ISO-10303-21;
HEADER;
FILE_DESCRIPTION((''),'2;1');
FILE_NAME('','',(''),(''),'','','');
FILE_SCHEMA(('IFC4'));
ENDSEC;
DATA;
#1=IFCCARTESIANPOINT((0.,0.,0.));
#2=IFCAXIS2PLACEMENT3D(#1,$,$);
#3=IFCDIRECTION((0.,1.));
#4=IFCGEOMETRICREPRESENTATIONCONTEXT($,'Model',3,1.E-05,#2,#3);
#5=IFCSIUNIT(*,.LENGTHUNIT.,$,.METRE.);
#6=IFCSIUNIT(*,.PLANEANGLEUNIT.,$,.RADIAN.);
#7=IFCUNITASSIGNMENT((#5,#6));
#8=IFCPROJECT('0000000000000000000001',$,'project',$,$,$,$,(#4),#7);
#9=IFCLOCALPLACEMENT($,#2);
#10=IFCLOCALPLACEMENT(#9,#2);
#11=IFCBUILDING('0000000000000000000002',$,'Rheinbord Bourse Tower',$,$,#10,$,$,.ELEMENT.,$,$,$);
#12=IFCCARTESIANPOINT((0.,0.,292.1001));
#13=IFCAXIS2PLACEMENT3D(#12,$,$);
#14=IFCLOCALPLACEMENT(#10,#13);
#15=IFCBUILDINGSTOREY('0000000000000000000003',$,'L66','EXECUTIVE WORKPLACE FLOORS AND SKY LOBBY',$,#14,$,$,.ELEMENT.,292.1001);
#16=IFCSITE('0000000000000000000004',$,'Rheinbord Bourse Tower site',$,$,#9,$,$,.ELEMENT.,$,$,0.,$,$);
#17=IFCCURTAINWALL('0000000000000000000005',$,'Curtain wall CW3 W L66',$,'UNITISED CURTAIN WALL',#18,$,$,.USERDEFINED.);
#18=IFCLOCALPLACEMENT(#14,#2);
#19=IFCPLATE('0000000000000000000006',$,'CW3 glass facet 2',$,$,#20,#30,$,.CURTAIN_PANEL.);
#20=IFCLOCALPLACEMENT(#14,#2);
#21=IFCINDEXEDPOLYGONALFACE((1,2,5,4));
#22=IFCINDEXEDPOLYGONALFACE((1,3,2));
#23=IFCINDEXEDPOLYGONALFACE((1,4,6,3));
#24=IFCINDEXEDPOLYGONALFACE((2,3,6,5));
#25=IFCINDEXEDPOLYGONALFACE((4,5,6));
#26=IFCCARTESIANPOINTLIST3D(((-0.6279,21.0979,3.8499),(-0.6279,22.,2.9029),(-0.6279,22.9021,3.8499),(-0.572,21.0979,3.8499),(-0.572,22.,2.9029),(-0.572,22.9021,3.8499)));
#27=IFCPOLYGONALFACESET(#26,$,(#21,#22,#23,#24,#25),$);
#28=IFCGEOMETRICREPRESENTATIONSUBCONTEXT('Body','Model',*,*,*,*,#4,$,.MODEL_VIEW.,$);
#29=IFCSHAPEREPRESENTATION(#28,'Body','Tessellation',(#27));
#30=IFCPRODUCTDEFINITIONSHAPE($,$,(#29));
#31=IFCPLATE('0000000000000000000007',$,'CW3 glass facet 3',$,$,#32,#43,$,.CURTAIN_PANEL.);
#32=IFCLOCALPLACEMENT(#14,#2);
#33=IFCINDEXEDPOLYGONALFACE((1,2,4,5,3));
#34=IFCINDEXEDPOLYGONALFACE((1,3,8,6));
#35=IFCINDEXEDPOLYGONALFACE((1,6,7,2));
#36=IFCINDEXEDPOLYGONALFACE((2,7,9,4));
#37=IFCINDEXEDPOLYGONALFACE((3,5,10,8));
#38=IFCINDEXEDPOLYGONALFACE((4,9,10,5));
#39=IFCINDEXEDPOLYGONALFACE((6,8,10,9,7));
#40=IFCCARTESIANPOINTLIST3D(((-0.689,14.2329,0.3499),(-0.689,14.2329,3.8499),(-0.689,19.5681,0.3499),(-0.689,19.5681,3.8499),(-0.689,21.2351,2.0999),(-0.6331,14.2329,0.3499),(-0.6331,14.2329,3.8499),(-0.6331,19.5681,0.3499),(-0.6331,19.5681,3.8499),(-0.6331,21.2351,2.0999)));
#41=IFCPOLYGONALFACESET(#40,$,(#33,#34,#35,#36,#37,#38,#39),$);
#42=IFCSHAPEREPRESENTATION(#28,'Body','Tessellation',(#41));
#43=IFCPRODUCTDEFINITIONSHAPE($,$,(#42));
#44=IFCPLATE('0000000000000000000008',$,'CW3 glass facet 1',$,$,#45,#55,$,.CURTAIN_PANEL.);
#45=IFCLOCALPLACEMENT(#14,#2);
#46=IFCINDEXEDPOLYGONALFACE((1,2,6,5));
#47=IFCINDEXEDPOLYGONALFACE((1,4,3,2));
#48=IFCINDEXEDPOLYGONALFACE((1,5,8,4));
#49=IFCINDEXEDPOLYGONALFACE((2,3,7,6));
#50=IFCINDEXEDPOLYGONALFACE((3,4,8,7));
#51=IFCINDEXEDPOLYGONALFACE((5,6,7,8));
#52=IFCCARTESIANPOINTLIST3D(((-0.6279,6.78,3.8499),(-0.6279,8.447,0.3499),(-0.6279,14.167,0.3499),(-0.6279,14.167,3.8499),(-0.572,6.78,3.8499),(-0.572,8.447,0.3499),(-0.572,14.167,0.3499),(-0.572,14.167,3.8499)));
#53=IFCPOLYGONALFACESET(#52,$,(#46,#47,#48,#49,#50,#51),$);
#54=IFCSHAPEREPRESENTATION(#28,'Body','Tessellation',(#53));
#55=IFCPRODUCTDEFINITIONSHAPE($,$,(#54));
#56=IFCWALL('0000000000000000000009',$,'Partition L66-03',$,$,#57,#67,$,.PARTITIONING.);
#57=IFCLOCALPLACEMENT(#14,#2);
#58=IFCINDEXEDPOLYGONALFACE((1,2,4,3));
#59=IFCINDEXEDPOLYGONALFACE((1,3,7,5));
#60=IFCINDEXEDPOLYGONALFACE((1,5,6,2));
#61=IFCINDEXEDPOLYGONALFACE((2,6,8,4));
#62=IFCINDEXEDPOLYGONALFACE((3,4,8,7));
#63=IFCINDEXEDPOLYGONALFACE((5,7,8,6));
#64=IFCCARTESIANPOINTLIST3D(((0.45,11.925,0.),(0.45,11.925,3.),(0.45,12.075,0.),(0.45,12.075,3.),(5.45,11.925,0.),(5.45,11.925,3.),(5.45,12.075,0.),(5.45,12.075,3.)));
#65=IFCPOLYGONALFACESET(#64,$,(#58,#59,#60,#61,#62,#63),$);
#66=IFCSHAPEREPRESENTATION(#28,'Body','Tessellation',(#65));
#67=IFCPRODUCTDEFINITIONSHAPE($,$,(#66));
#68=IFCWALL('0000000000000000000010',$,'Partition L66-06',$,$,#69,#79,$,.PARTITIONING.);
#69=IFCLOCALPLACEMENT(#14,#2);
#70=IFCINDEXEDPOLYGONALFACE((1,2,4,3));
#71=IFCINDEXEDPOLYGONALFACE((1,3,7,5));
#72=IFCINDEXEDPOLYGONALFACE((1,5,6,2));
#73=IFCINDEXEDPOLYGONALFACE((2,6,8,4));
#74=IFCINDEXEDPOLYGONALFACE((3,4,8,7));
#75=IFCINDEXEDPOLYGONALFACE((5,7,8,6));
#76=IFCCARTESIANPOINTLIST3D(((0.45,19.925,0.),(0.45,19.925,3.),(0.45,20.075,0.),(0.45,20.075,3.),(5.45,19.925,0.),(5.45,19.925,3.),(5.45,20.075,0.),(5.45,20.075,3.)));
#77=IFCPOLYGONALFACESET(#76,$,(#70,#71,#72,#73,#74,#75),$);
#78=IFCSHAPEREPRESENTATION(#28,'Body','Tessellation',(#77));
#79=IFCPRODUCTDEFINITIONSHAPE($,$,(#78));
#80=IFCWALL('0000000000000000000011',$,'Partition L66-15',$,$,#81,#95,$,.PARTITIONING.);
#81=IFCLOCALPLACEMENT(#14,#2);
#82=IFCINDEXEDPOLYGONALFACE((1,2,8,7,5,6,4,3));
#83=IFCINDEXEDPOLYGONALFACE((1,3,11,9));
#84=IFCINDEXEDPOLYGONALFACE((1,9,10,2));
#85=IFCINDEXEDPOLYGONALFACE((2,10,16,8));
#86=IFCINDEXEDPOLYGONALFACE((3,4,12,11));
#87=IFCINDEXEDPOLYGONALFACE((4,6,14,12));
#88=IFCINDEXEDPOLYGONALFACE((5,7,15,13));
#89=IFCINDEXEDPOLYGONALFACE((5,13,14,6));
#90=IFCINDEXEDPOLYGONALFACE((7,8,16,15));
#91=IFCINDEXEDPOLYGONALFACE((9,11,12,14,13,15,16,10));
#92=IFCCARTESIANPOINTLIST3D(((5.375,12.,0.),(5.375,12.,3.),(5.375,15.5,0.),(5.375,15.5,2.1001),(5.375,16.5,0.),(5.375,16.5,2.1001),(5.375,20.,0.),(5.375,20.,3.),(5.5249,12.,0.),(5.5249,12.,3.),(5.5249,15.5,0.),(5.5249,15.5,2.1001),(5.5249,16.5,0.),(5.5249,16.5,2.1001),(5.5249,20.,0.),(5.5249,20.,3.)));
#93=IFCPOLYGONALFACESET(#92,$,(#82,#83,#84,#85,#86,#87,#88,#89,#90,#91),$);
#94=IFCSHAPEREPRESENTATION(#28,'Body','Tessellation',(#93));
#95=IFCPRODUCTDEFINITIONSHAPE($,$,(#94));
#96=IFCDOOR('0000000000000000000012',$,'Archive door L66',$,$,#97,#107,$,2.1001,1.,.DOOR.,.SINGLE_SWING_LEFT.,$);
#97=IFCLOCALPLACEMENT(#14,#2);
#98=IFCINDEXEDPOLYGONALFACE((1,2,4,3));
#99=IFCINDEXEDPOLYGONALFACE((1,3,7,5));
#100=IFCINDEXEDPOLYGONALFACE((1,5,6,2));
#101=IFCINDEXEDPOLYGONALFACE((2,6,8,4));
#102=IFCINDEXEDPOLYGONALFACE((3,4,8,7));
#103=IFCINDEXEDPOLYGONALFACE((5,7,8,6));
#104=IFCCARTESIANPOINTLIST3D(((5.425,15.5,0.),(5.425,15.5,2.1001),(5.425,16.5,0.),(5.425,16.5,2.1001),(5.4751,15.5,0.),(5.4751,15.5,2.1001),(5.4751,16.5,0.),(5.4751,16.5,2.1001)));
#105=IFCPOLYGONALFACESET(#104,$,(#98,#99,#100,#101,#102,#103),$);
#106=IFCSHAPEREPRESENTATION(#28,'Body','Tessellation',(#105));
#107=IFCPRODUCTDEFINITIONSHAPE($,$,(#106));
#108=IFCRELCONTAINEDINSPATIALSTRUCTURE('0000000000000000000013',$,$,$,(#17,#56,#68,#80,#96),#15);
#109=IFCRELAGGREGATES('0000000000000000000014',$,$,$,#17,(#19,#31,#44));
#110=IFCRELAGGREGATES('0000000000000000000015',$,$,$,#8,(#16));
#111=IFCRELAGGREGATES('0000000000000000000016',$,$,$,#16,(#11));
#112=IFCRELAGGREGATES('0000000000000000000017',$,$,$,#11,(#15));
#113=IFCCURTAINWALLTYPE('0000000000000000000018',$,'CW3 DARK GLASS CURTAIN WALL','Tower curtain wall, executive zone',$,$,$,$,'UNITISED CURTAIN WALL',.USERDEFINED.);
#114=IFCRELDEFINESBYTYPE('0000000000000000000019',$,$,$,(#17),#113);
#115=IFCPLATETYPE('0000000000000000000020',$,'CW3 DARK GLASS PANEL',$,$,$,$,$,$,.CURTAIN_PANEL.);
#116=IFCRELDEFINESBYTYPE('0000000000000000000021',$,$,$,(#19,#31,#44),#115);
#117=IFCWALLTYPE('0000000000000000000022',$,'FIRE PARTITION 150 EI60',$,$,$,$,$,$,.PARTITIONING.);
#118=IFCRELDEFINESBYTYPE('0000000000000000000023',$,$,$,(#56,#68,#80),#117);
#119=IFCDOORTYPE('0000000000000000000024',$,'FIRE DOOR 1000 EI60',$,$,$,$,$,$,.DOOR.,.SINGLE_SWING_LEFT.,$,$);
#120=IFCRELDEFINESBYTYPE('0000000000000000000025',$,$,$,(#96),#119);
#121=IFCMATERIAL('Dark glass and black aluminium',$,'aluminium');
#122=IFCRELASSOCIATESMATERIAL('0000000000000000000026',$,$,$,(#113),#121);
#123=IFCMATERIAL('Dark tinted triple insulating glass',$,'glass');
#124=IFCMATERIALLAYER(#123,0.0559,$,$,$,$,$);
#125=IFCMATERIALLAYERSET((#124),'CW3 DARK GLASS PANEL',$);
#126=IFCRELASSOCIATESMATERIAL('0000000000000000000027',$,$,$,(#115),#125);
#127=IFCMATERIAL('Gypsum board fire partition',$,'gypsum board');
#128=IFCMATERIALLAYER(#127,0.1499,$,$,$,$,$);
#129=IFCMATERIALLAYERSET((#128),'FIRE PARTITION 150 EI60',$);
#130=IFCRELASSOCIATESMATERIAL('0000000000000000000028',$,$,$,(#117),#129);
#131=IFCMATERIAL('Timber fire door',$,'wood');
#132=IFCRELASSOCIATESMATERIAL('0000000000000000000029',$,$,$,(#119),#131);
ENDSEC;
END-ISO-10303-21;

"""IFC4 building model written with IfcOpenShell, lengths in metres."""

from ifc_helpers import new_model, si_unit, direction, frame, frame_2d, origin, place, context, subcontext, project, spatial, polyline, rectangle, outline, extrude, material, layer, layer_set, type_object, element, fill, aggregate, save


model = new_model("IFC4")

# Units and contexts
model_context = context("Model", 3, precision=1e-05, world=origin(), true_north=direction((0.0, 1.0)))
body_context = subcontext(model_context, "Body", "Model", "MODEL_VIEW")
ifc_project = project(units=[si_unit("LENGTHUNIT", "METRE"), si_unit("PLANEANGLEUNIT", "RADIAN")], contexts=[model_context])

# Site, building, storey
site_placement = place(None, origin())
site = spatial("IfcSite", under=ifc_project, at=site_placement, Name="Rheinbord Bourse Tower site", CompositionType="ELEMENT", RefElevation=0.0)
building_placement = place(site_placement, origin())
building = spatial("IfcBuilding", under=site, at=building_placement, Name="Rheinbord Bourse Tower", CompositionType="ELEMENT")
storey_placement = place(building_placement, frame((0.0, 0.0, 292.1001)))
storey = spatial("IfcBuildingStorey", under=building, at=storey_placement, Name="L66", Description="EXECUTIVE WORKPLACE FLOORS AND SKY LOBBY", CompositionType="ELEMENT", Elevation=292.1001)

# Curtain wall
ifc_material_1 = material(Name="Dark glass and black aluminium", Category="aluminium")
curtain_wall_type = type_object("IfcCurtainWallType", Name="CW3 DARK GLASS CURTAIN WALL", Description="Tower curtain wall, executive zone", ElementType="UNITISED CURTAIN WALL", PredefinedType="USERDEFINED", material=ifc_material_1)
curtain_wall_placement = place(storey_placement, origin())
curtain_wall = element("IfcCurtainWall", 1, at=curtain_wall_placement, inside=storey, type_object=curtain_wall_type, Name="Curtain wall CW3 W L66", ObjectType="UNITISED CURTAIN WALL", PredefinedType="USERDEFINED")

# Plates
ifc_material_2 = material(Name="Dark tinted triple insulating glass", Category="glass")
ifc_layer_1 = layer(ifc_material_2, 0.0559)
ifc_layer_set_1 = layer_set([ifc_layer_1], Name="CW3 DARK GLASS PANEL")
plate_type = type_object("IfcPlateType", Name="CW3 DARK GLASS PANEL", PredefinedType="CURTAIN_PANEL", material=ifc_layer_set_1)
plate_1_placement = place(storey_placement, frame((-0.6279, 21.0979, 3.8499), z_axis=(1.0, 0.0, 0.0), x_axis=(0.0, 0.689725, -0.724071)))
plate_1 = element("IfcPlate", 2, at=plate_1_placement, type_object=plate_type, Name="CW3 glass facet 2", PredefinedType="CURTAIN_PANEL", context=body_context, shape_type="SweptSolid", body=[
    extrude(outline(polyline([(0.0, 0.0), (1.3079, 0.0), (1.2444, 1.3064), (0.0, 0.0)])), origin(), (0.0, 0.0, 1.0), 0.0559),
])
plate_2_placement = place(storey_placement, frame((-0.689, 14.2329, 3.8499), z_axis=(1.0, 0.0, 0.0), x_axis=(0.0, 0.0, -1.0)))
plate_2 = element("IfcPlate", 3, at=plate_2_placement, type_object=plate_type, Name="CW3 glass facet 3", PredefinedType="CURTAIN_PANEL", context=body_context, shape_type="SweptSolid", body=[
    extrude(outline(polyline([(0.0, 0.0), (3.5, 0.0), (3.5, 5.3352), (1.75, 7.0022), (0.0, 5.3352), (0.0, 0.0)])), origin(), (0.0, 0.0, 1.0), 0.0559),
])
plate_3_placement = place(storey_placement, frame((-0.6279, 14.167, 0.3499), z_axis=(1.0, 0.0, 0.0), x_axis=(0.0, 0.0, 1.0)))
plate_3 = element("IfcPlate", 4, at=plate_3_placement, type_object=plate_type, Name="CW3 glass facet 1", PredefinedType="CURTAIN_PANEL", context=body_context, shape_type="SweptSolid", body=[
    extrude(outline(polyline([(0.0, 0.0), (3.5, 0.0), (3.5, 7.387), (0.0, 5.72), (0.0, 0.0)])), origin(), (0.0, 0.0, 1.0), 0.0559),
])
aggregate(curtain_wall, [plate_1, plate_2, plate_3])

# Walls
ifc_material_3 = material(Name="Gypsum board fire partition", Category="gypsum board")
ifc_layer_2 = layer(ifc_material_3, 0.1499)
ifc_layer_set_2 = layer_set([ifc_layer_2], Name="FIRE PARTITION 150 EI60")
wall_type = type_object("IfcWallType", Name="FIRE PARTITION 150 EI60", PredefinedType="PARTITIONING", material=ifc_layer_set_2)
for number, where, z_axis, x_axis, name in (
    (5, (0.45, 12.0, 0.0), (0.0, 0.0, 1.0), (1.0, 0.0, 0.0), "Partition L66-03"),
    (6, (0.45, 20.0, 0.0), (0.0, 0.0, 1.0), (1.0, 0.0, 0.0), "Partition L66-06"),
):
    element("IfcWall", number, at=place(storey_placement, frame(where, z_axis=z_axis, x_axis=x_axis)), inside=storey, type_object=wall_type, Name=name, PredefinedType="PARTITIONING", context=body_context, shape_type="SweptSolid", body=[
        extrude(rectangle(XDim=5.0, YDim=0.1499, at=frame_2d((2.5, 0.0))), origin(), (0.0, 0.0, 1.0), 3.0),
    ])

# Wall, opening, door
wall_placement = place(storey_placement, frame((5.45, 12.0, 0.0), z_axis=(0.0, 0.0, 1.0), x_axis=(0.0, 1.0, 0.0)))
wall = element("IfcWall", 7, at=wall_placement, inside=storey, type_object=wall_type, Name="Partition L66-15", PredefinedType="PARTITIONING", context=body_context, shape_type="SweptSolid", body=[
    extrude(rectangle(XDim=8.0, YDim=0.1499, at=frame_2d((4.0, 0.0))), origin(), (0.0, 0.0, 1.0), 3.0),
])
opening_placement = place(wall_placement, frame((3.5, 0.0, 0.0)))
opening = element("IfcOpeningElement", 8, at=opening_placement, cuts=wall, PredefinedType="OPENING", context=body_context, shape_type="SweptSolid", body=[
    extrude(rectangle(XDim=1.0, YDim=2.1001, at=frame_2d((0.5, 1.05))), frame((0.0, 0.085, 0.0), z_axis=(0.0, -1.0, 0.0), x_axis=(1.0, 0.0, 0.0)), (0.0, 0.0, 1.0), 0.1699),
])
ifc_material_4 = material(Name="Timber fire door", Category="wood")
door_type = type_object("IfcDoorType", Name="FIRE DOOR 1000 EI60", OperationType="SINGLE_SWING_LEFT", PredefinedType="DOOR", material=ifc_material_4)
door_placement = place(opening_placement, origin())
door = element("IfcDoor", 9, at=door_placement, inside=storey, type_object=door_type, Name="Archive door L66", OperationType="SINGLE_SWING_LEFT", OverallHeight=2.1001, OverallWidth=1.0, PredefinedType="DOOR", context=body_context, shape_type="SweptSolid", body=[
    extrude(rectangle(XDim=1.0, YDim=2.1001, at=frame_2d((0.5, 1.05))), frame((0.0, 0.0249, 0.0), z_axis=(0.0, -1.0, 0.0), x_axis=(1.0, 0.0, 0.0)), (0.0, 0.0, 1.0), 0.05),
])
fill(opening, door)

save(model, "model.ifc")
